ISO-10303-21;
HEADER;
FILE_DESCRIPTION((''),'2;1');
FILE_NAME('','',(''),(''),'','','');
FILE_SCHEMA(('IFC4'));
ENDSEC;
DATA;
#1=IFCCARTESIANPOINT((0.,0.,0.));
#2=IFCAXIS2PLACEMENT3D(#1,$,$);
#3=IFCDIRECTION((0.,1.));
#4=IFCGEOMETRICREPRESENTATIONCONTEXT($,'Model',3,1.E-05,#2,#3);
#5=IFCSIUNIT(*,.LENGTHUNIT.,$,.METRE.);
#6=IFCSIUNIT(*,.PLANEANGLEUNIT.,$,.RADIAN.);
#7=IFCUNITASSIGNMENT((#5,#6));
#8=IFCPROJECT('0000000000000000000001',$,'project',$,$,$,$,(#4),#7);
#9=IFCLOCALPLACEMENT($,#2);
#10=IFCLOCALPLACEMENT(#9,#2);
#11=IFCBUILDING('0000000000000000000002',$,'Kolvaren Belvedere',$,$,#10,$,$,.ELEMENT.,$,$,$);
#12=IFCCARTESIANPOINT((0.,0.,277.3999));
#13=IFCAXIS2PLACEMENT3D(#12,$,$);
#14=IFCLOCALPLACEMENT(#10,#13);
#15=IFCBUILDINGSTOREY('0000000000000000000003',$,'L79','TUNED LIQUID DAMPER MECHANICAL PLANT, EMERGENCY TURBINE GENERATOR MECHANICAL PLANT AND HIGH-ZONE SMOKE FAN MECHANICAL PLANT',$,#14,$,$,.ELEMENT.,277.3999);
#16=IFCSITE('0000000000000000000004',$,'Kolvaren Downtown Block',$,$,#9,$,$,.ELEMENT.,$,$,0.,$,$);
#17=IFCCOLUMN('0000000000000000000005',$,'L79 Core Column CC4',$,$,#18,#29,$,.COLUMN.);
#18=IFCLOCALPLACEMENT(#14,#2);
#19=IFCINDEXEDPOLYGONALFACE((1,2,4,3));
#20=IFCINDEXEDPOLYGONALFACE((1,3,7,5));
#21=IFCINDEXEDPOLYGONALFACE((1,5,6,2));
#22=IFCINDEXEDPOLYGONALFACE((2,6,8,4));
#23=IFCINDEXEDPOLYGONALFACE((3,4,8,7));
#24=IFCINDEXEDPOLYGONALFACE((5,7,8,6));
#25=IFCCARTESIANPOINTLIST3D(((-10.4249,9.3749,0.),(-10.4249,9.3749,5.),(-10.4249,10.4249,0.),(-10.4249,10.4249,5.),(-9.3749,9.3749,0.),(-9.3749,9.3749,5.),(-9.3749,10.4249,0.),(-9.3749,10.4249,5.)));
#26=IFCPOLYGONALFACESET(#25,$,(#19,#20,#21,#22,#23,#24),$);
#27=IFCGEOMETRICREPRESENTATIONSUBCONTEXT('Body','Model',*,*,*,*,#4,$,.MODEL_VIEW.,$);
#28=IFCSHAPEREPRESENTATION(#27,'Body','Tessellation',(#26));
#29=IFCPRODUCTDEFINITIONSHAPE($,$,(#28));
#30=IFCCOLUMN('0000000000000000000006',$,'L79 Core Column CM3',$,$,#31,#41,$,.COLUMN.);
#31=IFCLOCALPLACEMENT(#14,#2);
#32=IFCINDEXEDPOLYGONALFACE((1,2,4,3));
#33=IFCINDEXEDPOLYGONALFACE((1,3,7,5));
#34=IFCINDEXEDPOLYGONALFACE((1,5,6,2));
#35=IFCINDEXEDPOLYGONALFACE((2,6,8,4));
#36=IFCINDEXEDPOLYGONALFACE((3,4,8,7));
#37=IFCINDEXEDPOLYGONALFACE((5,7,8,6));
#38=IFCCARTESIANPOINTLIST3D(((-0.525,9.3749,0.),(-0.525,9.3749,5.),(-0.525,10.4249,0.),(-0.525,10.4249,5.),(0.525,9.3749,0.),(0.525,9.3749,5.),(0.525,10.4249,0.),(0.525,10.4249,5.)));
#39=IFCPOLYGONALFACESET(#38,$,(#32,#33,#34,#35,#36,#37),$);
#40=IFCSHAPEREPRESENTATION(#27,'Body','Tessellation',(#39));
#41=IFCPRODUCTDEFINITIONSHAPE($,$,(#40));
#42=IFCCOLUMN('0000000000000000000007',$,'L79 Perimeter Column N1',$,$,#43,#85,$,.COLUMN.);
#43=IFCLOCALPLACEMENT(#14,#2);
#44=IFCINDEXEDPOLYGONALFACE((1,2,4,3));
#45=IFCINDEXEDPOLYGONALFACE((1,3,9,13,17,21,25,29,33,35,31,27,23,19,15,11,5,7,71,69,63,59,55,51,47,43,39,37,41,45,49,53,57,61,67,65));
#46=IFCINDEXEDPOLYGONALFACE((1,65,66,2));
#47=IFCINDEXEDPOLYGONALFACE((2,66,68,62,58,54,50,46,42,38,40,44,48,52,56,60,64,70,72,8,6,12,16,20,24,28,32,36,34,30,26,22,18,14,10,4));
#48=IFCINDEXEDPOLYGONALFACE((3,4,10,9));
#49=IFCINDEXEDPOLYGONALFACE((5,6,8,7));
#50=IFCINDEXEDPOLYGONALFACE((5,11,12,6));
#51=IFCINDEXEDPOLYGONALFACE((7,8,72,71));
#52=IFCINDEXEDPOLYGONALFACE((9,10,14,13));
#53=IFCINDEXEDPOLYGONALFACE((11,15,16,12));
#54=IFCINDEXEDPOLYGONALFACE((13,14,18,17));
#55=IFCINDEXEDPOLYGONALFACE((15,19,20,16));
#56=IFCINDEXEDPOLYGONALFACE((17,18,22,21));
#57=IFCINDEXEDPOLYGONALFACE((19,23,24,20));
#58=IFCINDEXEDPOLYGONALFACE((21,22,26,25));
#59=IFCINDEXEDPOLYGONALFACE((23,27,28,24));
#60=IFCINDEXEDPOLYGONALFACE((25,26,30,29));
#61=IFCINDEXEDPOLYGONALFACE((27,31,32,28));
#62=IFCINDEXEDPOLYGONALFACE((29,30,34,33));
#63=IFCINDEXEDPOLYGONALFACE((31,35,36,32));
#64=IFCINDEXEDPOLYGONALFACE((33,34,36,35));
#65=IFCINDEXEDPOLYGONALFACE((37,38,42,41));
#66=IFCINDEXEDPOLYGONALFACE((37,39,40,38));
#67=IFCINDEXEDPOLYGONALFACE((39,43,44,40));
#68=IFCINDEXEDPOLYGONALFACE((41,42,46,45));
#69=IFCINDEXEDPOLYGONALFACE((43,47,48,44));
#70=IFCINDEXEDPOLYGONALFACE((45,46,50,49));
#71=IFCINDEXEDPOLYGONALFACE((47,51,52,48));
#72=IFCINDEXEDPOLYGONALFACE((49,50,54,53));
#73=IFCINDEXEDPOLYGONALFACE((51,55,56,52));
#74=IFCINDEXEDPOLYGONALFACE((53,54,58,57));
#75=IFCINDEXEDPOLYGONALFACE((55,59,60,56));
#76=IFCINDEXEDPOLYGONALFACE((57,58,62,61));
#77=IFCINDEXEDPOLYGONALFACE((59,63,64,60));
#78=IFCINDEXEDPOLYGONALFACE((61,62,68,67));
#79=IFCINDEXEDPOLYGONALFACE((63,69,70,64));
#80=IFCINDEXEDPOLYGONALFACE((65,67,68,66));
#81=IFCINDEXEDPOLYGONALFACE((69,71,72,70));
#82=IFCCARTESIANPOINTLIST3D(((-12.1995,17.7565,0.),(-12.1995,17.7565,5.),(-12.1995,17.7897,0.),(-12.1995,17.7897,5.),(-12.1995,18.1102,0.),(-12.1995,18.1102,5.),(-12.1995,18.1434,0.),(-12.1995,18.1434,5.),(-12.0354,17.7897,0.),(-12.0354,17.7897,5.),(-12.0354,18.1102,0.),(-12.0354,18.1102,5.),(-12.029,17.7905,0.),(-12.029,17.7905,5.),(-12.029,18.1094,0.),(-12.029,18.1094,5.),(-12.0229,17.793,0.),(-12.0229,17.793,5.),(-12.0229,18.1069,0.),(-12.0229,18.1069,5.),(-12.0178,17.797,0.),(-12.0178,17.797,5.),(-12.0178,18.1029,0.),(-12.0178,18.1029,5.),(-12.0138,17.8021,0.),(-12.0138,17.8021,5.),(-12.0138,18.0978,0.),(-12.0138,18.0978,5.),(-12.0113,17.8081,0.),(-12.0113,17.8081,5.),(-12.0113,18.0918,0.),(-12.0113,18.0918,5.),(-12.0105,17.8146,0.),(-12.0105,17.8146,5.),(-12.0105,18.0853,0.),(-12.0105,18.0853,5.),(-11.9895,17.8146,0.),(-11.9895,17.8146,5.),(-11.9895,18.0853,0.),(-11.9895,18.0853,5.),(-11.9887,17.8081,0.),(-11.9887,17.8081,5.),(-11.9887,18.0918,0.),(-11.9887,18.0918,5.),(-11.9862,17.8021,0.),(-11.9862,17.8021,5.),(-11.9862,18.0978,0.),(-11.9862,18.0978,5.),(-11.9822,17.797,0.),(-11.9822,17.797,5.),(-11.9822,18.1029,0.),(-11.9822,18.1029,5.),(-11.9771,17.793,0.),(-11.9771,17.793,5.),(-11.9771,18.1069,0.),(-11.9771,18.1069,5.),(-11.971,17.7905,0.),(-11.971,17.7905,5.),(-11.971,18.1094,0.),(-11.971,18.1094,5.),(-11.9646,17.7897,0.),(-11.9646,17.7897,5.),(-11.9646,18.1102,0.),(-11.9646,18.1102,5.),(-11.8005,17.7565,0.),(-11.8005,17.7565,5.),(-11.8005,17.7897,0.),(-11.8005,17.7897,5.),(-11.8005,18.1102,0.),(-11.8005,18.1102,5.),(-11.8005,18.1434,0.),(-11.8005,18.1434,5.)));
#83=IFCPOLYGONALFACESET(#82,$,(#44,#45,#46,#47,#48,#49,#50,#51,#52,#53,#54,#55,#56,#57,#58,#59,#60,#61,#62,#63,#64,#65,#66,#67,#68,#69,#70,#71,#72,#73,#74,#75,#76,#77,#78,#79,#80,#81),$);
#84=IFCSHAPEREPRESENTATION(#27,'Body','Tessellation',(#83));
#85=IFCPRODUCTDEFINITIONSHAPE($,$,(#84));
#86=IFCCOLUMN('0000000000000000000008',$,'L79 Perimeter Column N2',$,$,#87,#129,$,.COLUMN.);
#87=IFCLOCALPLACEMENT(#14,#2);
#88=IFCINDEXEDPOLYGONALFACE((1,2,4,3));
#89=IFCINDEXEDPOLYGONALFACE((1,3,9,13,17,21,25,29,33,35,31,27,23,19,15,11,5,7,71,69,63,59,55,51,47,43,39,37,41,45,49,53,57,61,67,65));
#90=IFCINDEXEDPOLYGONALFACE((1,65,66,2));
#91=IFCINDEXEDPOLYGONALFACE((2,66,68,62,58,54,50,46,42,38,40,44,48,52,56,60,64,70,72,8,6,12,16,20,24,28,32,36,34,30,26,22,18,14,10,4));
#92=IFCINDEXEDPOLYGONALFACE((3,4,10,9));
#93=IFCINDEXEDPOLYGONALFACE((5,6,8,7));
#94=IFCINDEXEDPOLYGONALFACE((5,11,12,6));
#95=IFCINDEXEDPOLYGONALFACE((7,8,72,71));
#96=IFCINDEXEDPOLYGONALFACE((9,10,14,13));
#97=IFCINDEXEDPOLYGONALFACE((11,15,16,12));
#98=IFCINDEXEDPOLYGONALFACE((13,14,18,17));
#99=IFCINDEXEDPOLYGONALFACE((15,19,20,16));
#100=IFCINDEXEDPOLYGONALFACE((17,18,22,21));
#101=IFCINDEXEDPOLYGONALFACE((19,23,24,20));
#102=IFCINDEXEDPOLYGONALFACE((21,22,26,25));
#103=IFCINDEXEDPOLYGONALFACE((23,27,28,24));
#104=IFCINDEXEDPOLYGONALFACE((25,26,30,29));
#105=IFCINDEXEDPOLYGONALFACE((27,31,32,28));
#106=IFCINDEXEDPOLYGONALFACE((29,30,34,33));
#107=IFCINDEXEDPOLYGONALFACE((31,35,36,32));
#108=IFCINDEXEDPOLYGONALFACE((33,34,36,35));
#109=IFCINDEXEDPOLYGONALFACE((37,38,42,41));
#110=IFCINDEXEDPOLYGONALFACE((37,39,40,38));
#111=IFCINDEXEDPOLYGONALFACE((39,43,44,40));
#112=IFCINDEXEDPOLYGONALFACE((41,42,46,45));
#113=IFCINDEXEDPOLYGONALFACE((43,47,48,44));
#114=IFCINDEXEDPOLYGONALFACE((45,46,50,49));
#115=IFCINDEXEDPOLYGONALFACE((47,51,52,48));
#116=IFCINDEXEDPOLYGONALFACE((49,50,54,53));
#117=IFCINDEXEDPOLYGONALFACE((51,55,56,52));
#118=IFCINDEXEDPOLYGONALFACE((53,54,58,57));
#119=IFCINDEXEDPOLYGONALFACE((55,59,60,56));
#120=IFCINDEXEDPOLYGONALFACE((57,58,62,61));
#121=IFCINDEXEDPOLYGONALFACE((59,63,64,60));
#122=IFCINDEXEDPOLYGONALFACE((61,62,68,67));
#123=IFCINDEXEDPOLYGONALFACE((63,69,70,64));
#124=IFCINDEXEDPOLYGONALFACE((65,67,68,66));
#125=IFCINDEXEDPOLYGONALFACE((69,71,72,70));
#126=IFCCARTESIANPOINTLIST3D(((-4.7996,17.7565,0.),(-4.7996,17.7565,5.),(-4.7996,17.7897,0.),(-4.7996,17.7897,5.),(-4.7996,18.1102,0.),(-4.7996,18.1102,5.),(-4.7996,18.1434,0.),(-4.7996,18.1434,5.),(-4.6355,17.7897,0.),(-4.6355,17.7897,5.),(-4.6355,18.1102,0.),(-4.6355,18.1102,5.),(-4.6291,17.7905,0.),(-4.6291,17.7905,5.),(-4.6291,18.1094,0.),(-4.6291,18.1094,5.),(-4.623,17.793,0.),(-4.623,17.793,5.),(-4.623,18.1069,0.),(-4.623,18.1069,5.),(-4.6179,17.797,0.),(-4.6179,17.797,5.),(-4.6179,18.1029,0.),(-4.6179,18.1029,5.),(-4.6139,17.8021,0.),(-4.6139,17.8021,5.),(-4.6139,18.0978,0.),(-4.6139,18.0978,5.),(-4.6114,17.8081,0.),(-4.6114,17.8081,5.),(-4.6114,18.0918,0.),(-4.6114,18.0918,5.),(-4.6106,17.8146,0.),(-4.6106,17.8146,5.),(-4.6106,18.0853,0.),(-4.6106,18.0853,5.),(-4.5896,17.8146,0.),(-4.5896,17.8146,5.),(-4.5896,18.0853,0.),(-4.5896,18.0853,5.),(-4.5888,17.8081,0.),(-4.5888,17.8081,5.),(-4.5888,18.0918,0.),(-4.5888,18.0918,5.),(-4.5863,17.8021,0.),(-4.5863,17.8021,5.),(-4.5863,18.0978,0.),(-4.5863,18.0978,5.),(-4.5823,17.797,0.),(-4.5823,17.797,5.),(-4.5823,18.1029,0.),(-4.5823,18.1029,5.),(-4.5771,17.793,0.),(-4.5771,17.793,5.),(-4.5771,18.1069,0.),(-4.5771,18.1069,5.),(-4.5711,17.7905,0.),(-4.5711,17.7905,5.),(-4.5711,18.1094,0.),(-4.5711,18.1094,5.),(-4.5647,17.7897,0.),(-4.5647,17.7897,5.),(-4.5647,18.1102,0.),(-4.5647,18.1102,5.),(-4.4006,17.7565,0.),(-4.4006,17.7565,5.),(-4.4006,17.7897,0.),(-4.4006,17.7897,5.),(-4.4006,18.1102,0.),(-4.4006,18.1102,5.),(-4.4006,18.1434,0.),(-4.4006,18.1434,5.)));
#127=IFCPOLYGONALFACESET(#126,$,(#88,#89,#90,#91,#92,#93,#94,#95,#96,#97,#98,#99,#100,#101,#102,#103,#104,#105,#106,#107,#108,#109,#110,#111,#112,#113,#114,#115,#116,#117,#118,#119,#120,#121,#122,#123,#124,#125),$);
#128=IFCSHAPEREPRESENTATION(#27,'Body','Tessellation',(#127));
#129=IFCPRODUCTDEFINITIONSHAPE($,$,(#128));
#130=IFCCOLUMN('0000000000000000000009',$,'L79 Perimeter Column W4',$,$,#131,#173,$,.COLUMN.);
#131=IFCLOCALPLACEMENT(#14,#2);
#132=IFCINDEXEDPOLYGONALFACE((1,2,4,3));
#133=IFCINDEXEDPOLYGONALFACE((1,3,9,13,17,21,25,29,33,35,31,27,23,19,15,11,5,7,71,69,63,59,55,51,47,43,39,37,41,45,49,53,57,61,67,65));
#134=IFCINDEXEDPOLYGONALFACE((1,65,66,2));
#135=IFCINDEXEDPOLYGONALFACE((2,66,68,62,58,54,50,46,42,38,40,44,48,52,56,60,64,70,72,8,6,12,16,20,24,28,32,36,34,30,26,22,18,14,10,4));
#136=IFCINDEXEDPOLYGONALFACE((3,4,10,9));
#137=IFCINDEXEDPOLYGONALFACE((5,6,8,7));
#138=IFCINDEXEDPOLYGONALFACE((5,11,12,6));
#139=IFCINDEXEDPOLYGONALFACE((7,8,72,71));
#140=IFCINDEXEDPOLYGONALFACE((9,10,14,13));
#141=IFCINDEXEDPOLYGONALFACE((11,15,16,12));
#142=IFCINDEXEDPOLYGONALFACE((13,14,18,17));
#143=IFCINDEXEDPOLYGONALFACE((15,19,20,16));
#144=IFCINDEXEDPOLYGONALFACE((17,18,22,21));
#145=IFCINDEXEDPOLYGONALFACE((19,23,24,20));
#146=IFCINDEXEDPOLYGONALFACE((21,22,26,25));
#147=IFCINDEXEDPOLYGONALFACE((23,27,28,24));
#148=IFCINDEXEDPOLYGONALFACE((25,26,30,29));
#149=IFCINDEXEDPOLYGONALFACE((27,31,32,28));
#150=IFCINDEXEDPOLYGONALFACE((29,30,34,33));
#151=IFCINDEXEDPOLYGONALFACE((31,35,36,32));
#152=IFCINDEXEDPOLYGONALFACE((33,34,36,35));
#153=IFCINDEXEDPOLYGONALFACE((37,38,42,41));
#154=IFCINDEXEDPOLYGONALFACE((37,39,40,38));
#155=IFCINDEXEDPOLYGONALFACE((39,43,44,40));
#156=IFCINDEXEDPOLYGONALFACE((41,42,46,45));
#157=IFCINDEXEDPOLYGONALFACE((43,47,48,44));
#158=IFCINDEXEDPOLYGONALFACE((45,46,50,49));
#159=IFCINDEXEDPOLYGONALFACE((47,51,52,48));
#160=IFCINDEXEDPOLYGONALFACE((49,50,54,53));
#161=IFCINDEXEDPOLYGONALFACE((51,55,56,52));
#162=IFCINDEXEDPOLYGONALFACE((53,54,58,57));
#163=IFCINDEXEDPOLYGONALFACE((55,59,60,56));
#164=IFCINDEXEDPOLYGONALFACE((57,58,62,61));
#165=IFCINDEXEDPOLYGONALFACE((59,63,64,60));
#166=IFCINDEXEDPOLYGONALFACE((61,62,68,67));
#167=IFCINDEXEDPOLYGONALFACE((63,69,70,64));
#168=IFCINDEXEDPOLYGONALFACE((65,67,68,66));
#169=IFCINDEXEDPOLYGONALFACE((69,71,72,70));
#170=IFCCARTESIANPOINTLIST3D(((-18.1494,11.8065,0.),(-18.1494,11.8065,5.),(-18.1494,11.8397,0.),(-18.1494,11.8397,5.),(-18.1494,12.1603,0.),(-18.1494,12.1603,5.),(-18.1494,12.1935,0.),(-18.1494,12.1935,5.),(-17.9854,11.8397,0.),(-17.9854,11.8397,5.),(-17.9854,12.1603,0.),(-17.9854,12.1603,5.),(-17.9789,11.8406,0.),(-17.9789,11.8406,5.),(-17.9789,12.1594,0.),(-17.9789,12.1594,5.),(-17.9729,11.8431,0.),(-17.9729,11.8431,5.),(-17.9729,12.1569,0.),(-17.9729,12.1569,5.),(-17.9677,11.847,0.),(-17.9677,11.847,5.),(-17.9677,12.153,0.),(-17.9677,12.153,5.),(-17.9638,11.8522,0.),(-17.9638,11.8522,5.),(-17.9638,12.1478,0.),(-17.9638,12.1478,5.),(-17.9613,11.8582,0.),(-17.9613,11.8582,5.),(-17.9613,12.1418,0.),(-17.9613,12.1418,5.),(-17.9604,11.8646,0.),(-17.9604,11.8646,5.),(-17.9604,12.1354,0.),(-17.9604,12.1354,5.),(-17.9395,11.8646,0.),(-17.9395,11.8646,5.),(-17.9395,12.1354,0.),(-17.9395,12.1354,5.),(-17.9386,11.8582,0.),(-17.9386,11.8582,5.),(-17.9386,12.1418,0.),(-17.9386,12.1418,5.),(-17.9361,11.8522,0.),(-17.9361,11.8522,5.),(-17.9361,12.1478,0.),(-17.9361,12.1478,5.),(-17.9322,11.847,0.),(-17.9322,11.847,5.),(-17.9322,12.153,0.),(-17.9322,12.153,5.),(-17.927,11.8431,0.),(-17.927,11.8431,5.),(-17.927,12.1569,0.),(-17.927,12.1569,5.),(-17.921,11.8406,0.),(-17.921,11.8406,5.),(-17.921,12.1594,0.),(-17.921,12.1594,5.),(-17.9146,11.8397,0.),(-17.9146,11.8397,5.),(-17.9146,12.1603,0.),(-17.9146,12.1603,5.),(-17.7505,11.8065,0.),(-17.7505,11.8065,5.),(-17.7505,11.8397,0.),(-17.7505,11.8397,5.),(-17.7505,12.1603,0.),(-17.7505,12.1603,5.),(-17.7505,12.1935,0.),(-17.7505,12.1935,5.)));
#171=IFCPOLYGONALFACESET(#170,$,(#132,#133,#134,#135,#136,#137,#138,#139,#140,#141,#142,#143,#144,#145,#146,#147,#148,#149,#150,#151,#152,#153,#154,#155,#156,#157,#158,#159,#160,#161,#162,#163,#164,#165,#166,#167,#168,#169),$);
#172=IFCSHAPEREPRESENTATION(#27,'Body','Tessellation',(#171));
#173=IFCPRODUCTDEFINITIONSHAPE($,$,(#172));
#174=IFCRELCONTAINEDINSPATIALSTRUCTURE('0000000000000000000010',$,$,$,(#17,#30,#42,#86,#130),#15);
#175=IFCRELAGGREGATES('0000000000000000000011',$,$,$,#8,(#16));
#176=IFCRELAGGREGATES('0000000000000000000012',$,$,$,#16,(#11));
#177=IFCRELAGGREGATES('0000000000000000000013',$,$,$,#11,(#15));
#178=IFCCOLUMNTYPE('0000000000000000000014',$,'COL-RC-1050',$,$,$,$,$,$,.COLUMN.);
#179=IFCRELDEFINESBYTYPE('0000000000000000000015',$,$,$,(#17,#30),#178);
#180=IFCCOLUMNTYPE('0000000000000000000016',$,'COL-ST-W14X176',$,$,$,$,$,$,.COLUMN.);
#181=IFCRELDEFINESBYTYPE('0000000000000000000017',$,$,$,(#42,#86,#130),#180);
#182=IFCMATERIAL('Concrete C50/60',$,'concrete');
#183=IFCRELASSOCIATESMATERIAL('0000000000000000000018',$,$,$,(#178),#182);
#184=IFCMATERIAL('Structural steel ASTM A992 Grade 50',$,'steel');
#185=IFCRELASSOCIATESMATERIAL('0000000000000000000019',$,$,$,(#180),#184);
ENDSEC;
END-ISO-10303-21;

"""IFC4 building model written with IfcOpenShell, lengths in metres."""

from ifc_helpers import new_model, si_unit, direction, frame, origin, origin_2d, place, context, subcontext, project, spatial, rectangle, i_section, extrude, material, material_profile, profile_set, type_object, element, save


model = new_model("IFC4")

# Units and contexts
model_context = context("Model", 3, precision=1e-05, world=origin(), true_north=direction((0.0, 1.0)))
body_context = subcontext(model_context, "Body", "Model", "MODEL_VIEW")
ifc_project = project(units=[si_unit("LENGTHUNIT", "METRE"), si_unit("PLANEANGLEUNIT", "RADIAN")], contexts=[model_context])

# Site, building, storey
site_placement = place(None, origin())
site = spatial("IfcSite", under=ifc_project, at=site_placement, Name="Kolvaren Downtown Block", CompositionType="ELEMENT", RefElevation=0.0)
building_placement = place(site_placement, origin())
building = spatial("IfcBuilding", under=site, at=building_placement, Name="Kolvaren Belvedere", CompositionType="ELEMENT")
storey_placement = place(building_placement, frame((0.0, 0.0, 277.3999)))
storey = spatial("IfcBuildingStorey", under=building, at=storey_placement, Name="L79", Description="TUNED LIQUID DAMPER MECHANICAL PLANT, EMERGENCY TURBINE GENERATOR MECHANICAL PLANT AND HIGH-ZONE SMOKE FAN MECHANICAL PLANT", CompositionType="ELEMENT", Elevation=277.3999)

# Columns
ifc_material_1 = material(Name="Concrete C50/60", Category="concrete")
ifc_material_profile_1 = material_profile(ifc_material_1, rectangle(XDim=1.05, YDim=1.05, at=origin_2d()), Name="RC 1050X1050")
ifc_profile_set_1 = profile_set([ifc_material_profile_1], Name="Concrete C50/60")
column_type_1 = type_object("IfcColumnType", Name="COL-RC-1050", PredefinedType="COLUMN", material=ifc_profile_set_1)
for number, where, z_axis, x_axis, name in (
    (1, (-9.8999, 9.8999, 0.0), (0.0, 0.0, 1.0), (1.0, 0.0, 0.0), "L79 Core Column CC4"),
    (2, (0.0, 9.8999, 0.0), (0.0, 0.0, 1.0), (1.0, 0.0, 0.0), "L79 Core Column CM3"),
):
    element("IfcColumn", number, at=place(storey_placement, frame(where, z_axis=z_axis, x_axis=x_axis)), inside=storey, type_object=column_type_1, Name=name, PredefinedType="COLUMN", context=body_context, shape_type="SweptSolid", body=[
        extrude(rectangle(XDim=1.05, YDim=1.05, at=origin_2d()), origin(), (0.0, 0.0, 1.0), 5.0),
    ])
ifc_material_2 = material(Name="Structural steel ASTM A992 Grade 50", Category="steel")
ifc_material_profile_2 = material_profile(ifc_material_2, i_section(OverallWidth=0.3989, OverallDepth=0.387, WebThickness=0.021, FlangeThickness=0.0332, FilletRadius=0.0249, at=origin_2d()), Name="W14X176")
ifc_profile_set_2 = profile_set([ifc_material_profile_2], Name="Structural steel ASTM A992 Grade 50")
column_type_2 = type_object("IfcColumnType", Name="COL-ST-W14X176", PredefinedType="COLUMN", material=ifc_profile_set_2)
for number, where, z_axis, x_axis, name in (
    (3, (-12.0, 17.95, 0.0), (0.0, 0.0, 1.0), (1.0, 0.0, 0.0), "L79 Perimeter Column N1"),
    (4, (-4.6001, 17.95, 0.0), (0.0, 0.0, 1.0), (1.0, 0.0, 0.0), "L79 Perimeter Column N2"),
    (5, (-17.95, 12.0, 0.0), (0.0, 0.0, 1.0), (1.0, 0.0, 0.0), "L79 Perimeter Column W4"),
):
    element("IfcColumn", number, at=place(storey_placement, frame(where, z_axis=z_axis, x_axis=x_axis)), inside=storey, type_object=column_type_2, Name=name, PredefinedType="COLUMN", context=body_context, shape_type="SweptSolid", body=[
        extrude(i_section(OverallWidth=0.3989, OverallDepth=0.387, WebThickness=0.021, FlangeThickness=0.0332, FilletRadius=0.0249, at=origin_2d()), origin(), (0.0, 0.0, 1.0), 5.0),
    ])

save(model, "model.ifc")
